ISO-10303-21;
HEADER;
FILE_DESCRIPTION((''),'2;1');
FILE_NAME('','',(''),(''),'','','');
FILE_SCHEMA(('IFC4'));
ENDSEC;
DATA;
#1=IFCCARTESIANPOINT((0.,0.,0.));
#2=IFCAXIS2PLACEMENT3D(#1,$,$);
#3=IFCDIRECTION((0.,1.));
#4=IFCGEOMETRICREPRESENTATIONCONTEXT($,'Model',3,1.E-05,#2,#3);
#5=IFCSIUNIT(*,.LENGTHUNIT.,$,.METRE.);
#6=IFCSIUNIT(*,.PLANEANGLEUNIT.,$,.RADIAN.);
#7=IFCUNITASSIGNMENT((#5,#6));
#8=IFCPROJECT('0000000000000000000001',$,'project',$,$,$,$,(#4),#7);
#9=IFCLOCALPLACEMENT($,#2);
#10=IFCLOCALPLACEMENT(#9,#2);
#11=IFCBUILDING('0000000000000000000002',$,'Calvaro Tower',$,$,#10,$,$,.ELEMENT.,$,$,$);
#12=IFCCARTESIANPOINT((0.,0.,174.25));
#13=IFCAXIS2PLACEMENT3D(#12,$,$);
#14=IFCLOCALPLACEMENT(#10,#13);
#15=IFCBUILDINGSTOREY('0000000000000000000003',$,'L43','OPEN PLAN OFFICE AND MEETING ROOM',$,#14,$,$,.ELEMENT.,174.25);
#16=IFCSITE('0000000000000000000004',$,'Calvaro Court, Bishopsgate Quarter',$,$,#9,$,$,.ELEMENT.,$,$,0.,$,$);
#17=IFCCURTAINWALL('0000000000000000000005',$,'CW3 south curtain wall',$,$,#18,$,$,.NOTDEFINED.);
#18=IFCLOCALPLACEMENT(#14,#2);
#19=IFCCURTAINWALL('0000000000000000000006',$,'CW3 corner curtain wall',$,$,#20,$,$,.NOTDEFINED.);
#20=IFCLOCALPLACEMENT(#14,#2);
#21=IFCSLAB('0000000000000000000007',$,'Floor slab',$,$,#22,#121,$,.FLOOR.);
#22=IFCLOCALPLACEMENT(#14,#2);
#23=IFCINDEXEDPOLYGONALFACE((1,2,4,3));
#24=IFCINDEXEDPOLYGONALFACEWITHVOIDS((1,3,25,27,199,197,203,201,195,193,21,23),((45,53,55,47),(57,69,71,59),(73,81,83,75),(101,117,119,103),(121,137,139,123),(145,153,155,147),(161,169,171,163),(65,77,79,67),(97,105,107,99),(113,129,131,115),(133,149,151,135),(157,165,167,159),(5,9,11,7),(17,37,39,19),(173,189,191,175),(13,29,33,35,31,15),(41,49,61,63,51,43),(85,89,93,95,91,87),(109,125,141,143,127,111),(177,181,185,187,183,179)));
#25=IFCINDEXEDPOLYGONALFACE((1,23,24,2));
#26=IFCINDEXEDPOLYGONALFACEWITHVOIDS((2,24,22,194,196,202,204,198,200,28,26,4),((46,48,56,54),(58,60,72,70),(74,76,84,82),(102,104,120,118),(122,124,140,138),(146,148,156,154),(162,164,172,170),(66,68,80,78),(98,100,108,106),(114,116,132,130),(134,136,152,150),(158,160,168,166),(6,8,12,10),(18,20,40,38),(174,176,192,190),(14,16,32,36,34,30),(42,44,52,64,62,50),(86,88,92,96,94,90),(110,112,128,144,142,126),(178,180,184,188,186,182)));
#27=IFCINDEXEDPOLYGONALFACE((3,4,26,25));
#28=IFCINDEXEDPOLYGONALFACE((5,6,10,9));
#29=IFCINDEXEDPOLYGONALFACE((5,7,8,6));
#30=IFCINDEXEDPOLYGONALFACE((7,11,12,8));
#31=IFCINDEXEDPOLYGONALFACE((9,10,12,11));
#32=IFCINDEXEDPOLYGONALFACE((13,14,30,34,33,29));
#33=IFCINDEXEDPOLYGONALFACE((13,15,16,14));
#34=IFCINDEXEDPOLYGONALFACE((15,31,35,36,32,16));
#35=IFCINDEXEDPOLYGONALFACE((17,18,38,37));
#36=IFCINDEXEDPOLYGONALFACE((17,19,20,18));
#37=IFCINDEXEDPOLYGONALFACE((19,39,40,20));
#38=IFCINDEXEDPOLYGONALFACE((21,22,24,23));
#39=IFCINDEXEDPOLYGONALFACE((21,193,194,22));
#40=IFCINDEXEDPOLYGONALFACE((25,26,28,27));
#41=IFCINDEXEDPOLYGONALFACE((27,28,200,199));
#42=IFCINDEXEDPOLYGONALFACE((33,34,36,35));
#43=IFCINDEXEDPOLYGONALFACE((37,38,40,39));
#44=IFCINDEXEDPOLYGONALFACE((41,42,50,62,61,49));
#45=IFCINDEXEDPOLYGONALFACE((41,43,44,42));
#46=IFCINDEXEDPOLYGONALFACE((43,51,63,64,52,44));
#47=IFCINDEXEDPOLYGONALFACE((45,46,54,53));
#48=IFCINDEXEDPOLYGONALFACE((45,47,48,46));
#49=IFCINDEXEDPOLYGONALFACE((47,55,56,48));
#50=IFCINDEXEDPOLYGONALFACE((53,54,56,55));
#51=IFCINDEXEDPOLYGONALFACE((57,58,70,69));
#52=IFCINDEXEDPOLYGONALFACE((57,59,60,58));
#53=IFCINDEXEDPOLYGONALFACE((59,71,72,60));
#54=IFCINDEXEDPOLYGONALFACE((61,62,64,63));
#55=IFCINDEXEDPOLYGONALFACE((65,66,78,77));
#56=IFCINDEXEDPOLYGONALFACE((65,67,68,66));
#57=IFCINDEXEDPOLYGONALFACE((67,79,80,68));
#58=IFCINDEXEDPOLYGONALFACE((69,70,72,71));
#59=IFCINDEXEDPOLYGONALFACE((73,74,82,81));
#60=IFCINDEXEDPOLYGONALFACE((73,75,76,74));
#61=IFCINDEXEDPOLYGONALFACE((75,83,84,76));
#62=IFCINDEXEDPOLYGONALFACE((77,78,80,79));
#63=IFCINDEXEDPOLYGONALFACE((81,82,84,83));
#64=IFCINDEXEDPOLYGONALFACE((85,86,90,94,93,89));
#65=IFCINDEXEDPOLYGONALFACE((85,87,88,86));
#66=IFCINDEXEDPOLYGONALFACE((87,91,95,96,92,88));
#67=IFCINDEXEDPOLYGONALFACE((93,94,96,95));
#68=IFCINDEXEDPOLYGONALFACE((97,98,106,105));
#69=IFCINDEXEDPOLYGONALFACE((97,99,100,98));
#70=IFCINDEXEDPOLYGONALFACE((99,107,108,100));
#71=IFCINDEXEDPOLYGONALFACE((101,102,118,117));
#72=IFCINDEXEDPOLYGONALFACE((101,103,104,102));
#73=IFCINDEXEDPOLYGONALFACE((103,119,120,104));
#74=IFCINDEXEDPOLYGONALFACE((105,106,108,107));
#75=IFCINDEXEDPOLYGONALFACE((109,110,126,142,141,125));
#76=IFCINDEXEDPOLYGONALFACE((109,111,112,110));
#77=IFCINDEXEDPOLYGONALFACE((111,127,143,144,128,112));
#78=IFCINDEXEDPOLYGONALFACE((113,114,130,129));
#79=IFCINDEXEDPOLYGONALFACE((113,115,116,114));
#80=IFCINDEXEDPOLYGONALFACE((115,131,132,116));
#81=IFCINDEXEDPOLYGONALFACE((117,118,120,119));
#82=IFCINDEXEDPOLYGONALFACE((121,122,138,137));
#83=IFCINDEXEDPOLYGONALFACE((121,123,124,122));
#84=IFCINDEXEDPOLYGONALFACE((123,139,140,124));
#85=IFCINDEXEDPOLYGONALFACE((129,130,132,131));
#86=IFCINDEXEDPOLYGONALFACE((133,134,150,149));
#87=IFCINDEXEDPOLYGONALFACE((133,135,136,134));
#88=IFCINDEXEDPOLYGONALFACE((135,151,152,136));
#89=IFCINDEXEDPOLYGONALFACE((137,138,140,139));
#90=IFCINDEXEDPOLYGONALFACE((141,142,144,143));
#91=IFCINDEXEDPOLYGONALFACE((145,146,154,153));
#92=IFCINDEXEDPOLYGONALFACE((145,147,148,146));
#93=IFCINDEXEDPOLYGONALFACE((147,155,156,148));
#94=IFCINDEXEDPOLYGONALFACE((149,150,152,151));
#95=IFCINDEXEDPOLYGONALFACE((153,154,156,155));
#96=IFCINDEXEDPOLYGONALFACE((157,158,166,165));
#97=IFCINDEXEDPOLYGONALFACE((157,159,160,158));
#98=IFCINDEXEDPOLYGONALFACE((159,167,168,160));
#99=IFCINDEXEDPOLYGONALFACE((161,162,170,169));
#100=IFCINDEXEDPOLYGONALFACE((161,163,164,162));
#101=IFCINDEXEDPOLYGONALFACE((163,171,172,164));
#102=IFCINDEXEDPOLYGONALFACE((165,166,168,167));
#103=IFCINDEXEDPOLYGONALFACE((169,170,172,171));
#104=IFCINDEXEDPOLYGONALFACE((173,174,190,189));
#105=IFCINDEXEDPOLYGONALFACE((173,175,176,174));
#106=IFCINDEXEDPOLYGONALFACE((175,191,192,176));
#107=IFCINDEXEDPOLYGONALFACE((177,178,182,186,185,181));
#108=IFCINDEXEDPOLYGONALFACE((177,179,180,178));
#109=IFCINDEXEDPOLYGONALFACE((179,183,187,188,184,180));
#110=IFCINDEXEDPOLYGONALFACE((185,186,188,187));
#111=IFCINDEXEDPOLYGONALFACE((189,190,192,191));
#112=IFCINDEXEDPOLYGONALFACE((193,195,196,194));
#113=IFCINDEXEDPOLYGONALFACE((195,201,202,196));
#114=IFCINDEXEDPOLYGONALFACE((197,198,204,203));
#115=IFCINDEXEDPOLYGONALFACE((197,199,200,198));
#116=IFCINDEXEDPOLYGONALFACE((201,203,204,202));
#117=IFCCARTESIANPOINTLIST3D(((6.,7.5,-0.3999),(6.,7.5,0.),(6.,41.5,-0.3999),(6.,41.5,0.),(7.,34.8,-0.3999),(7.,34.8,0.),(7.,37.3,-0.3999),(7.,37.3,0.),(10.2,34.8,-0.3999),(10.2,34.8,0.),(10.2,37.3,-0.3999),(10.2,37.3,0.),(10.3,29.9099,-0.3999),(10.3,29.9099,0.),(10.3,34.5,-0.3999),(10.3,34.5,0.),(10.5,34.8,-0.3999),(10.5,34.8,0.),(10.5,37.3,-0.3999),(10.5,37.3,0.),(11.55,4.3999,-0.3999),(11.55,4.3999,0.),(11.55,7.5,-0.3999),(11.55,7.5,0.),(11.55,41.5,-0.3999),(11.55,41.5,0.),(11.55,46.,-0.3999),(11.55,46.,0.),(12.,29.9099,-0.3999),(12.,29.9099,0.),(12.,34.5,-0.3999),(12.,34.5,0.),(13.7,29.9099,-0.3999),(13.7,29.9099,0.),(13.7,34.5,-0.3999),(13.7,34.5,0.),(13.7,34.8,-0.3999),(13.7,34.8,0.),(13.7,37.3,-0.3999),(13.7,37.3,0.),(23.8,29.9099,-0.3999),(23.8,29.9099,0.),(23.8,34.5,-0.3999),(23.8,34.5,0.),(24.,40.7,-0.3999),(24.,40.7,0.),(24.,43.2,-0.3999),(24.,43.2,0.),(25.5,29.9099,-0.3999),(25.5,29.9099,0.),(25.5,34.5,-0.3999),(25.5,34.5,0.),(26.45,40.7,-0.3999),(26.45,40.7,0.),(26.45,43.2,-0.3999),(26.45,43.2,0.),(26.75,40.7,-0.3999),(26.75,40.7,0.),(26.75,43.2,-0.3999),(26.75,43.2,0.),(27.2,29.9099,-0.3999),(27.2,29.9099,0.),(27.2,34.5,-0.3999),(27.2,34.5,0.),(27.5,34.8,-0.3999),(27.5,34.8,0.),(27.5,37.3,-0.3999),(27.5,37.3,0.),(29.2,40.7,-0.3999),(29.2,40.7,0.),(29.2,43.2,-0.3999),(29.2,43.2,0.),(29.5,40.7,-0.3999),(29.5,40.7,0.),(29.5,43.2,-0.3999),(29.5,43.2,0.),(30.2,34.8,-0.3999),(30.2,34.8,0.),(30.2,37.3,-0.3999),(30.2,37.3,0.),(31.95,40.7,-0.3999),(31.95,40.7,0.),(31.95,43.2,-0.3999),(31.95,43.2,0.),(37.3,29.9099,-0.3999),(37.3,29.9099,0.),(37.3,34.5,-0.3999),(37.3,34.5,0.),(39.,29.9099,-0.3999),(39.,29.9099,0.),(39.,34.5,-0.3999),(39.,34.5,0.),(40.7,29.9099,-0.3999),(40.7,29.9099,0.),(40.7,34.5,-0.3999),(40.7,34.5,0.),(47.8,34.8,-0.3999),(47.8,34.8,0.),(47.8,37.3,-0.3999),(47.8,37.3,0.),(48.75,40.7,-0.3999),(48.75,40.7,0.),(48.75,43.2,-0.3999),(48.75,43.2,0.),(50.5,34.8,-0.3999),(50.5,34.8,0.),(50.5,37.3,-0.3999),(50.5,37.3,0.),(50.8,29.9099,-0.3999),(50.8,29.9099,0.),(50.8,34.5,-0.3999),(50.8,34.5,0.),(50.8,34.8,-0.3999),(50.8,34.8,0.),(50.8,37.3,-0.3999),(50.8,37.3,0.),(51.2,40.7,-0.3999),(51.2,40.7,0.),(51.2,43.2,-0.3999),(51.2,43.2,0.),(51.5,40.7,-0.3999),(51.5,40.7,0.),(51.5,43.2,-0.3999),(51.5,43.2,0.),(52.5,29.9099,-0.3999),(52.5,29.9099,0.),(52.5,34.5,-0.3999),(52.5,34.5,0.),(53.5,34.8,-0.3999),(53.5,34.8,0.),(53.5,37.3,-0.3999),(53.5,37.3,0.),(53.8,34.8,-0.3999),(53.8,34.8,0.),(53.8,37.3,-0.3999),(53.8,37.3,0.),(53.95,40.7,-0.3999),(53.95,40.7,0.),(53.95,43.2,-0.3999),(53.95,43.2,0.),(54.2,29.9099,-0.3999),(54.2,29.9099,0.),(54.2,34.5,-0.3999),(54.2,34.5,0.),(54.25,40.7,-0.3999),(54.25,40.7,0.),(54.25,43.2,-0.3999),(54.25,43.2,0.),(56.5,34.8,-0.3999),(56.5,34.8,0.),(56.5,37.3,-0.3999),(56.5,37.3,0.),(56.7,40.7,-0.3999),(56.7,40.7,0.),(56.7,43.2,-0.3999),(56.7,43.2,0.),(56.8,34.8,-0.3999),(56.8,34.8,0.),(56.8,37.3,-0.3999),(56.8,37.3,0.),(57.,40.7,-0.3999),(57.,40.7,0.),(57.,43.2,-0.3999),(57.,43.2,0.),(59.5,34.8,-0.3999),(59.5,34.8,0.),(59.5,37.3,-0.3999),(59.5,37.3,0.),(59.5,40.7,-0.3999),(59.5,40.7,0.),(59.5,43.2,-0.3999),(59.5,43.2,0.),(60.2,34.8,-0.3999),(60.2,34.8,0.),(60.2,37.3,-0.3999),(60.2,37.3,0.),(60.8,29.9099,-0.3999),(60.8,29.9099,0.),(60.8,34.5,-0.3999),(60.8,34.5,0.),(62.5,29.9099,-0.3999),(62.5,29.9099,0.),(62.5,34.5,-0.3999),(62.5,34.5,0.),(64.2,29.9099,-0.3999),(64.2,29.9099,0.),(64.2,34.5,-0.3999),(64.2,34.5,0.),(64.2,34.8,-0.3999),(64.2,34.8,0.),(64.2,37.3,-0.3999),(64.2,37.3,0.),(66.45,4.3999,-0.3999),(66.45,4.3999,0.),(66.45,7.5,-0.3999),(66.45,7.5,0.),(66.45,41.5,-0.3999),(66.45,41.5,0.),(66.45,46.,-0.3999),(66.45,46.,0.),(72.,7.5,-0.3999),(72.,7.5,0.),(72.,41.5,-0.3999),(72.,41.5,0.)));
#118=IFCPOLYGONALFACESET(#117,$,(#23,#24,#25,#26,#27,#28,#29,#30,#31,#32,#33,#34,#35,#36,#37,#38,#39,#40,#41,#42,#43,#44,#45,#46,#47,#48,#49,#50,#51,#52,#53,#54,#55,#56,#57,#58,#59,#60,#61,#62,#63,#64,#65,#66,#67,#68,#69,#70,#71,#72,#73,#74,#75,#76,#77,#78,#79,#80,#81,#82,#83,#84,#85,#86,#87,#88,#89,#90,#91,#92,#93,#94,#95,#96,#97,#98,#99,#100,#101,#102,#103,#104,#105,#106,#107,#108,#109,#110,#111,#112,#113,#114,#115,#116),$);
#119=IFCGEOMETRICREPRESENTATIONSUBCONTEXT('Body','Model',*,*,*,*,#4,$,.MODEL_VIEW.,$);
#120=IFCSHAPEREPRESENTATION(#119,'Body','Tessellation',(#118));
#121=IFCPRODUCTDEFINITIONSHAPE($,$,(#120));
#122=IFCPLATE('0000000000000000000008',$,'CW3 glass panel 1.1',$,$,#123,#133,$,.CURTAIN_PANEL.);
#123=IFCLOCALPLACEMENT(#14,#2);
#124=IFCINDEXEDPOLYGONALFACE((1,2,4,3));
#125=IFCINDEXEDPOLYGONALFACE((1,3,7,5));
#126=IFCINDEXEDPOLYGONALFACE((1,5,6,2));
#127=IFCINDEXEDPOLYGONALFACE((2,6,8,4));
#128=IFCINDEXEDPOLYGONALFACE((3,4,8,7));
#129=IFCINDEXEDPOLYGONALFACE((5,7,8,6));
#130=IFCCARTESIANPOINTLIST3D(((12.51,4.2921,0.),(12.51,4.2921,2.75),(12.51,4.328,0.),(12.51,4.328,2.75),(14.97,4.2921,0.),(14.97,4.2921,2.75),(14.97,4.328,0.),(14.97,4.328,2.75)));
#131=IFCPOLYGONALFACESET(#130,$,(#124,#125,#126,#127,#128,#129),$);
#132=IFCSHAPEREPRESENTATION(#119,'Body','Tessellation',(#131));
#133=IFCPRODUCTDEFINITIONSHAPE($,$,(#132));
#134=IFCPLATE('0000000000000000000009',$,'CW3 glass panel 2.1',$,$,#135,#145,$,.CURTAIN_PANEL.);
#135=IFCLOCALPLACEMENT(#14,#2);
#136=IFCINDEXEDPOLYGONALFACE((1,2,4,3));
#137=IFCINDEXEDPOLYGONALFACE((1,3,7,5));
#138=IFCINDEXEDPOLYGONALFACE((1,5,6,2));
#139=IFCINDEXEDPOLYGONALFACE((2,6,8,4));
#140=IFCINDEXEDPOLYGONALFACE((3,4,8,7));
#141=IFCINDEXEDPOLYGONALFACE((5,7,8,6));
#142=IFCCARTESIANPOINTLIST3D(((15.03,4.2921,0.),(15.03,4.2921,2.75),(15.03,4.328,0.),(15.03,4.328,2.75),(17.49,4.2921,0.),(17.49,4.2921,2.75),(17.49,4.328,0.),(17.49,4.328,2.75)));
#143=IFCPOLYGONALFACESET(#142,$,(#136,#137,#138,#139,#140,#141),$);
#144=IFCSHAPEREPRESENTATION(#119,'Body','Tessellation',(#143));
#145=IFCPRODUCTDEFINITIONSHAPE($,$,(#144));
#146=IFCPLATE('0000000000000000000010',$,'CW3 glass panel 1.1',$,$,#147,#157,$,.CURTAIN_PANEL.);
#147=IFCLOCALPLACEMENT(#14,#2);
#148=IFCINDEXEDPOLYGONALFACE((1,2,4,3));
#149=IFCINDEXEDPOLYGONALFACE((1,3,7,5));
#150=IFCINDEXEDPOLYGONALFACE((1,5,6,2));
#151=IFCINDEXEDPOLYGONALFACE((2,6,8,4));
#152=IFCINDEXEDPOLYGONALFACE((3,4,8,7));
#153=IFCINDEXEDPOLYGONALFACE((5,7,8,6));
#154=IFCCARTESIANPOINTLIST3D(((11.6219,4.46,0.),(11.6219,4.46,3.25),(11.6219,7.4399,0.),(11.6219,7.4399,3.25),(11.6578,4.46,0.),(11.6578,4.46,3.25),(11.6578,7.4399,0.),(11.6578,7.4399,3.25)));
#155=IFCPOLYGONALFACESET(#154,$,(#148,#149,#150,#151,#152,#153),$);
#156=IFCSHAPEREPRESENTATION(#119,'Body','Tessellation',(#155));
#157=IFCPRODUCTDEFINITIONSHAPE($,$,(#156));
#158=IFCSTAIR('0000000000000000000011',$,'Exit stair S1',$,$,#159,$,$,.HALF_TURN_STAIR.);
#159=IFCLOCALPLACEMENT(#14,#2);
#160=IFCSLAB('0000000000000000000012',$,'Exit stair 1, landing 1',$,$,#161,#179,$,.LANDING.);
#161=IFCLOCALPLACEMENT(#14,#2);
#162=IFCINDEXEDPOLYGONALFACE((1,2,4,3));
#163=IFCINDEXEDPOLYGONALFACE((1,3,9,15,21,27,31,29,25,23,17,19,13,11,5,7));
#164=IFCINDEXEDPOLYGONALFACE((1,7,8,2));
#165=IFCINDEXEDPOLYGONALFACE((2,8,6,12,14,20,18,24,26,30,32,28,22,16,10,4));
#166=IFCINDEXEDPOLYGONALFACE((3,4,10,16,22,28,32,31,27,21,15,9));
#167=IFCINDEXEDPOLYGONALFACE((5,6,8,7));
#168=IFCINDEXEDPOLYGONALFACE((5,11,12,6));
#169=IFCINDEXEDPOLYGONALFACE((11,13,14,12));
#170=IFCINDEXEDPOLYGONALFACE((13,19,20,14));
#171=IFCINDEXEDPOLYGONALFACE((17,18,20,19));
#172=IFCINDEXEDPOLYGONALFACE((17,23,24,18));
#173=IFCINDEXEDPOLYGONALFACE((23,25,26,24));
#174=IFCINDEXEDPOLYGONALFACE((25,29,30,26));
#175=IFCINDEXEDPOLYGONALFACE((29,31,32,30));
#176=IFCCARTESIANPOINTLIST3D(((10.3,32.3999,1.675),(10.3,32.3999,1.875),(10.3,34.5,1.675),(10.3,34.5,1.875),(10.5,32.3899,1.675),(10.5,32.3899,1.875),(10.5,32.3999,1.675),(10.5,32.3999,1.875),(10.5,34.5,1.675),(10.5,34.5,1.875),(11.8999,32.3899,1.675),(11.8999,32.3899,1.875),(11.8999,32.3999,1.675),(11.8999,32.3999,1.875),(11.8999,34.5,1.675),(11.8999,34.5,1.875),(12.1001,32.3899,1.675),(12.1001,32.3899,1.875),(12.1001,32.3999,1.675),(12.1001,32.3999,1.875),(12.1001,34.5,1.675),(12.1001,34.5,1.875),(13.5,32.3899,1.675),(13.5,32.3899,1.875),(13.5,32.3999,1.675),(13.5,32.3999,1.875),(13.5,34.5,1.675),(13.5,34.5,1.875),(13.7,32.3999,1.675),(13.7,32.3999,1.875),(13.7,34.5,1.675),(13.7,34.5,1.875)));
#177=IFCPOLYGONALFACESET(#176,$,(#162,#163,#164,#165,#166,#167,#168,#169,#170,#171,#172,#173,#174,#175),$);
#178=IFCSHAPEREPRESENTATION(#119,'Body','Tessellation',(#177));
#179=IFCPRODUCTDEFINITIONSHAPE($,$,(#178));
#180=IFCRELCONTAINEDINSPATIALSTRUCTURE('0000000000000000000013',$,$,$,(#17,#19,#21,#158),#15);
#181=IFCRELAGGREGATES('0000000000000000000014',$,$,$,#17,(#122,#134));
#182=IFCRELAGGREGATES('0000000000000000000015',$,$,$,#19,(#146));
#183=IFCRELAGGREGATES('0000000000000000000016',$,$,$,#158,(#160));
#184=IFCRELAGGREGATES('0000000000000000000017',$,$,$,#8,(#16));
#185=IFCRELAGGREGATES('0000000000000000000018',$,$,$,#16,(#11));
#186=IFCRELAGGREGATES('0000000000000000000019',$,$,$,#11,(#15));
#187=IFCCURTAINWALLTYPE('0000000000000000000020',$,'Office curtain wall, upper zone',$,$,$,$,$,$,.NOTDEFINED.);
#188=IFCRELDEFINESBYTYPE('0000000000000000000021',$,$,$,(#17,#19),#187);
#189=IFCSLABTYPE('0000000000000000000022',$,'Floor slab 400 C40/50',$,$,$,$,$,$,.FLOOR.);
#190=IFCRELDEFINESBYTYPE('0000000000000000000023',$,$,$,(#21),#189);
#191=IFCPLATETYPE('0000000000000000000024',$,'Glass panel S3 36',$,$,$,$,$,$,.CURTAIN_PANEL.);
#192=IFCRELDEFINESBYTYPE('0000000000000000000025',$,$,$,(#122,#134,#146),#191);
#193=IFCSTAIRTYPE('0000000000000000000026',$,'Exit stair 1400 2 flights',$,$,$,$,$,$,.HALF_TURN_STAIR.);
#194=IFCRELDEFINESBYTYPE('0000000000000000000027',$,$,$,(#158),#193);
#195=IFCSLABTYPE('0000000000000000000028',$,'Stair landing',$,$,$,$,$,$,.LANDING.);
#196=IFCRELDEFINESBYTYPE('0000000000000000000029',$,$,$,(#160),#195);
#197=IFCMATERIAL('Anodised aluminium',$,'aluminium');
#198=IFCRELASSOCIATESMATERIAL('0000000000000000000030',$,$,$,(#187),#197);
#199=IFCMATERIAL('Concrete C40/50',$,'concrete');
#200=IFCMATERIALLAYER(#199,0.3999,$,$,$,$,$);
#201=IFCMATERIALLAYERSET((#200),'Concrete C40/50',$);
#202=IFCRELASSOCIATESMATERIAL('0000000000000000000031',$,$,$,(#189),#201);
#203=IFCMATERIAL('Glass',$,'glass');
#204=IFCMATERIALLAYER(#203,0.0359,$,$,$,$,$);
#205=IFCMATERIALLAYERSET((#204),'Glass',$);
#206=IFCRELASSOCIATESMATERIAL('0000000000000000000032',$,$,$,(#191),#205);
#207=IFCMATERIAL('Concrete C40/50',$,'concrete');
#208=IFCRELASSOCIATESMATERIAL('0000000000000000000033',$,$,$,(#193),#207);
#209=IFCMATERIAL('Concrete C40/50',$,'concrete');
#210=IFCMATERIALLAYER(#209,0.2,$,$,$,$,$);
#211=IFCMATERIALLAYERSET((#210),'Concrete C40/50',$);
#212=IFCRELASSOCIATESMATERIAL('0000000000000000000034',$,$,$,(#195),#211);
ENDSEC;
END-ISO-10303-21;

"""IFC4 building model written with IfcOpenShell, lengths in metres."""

from ifc_helpers import new_model, si_unit, direction, frame, origin, origin_2d, place, context, subcontext, project, spatial, polyline, rectangle, outline, extrude, material, layer, layer_set, type_object, element, aggregate, save


model = new_model("IFC4")

# Units and contexts
model_context = context("Model", 3, precision=1e-05, world=origin(), true_north=direction((0.0, 1.0)))
body_context = subcontext(model_context, "Body", "Model", "MODEL_VIEW")
ifc_project = project(units=[si_unit("LENGTHUNIT", "METRE"), si_unit("PLANEANGLEUNIT", "RADIAN")], contexts=[model_context])

# Site, building, storey
site_placement = place(None, origin())
site = spatial("IfcSite", under=ifc_project, at=site_placement, Name="Calvaro Court, Bishopsgate Quarter", CompositionType="ELEMENT", RefElevation=0.0)
building_placement = place(site_placement, origin())
building = spatial("IfcBuilding", under=site, at=building_placement, Name="Calvaro Tower", CompositionType="ELEMENT")
storey_placement = place(building_placement, frame((0.0, 0.0, 174.25)))
storey = spatial("IfcBuildingStorey", under=building, at=storey_placement, Name="L43", Description="OPEN PLAN OFFICE AND MEETING ROOM", CompositionType="ELEMENT", Elevation=174.25)

# Curtain wall
ifc_material_1 = material(Name="Anodised aluminium", Category="aluminium")
curtain_wall_type = type_object("IfcCurtainWallType", Name="Office curtain wall, upper zone", PredefinedType="NOTDEFINED", material=ifc_material_1)
curtain_wall_1_placement = place(storey_placement, origin())
curtain_wall_1 = element("IfcCurtainWall", 1, at=curtain_wall_1_placement, inside=storey, type_object=curtain_wall_type, Name="CW3 south curtain wall", PredefinedType="NOTDEFINED")

# Curtain wall
curtain_wall_2_placement = place(storey_placement, origin())
curtain_wall_2 = element("IfcCurtainWall", 2, at=curtain_wall_2_placement, inside=storey, type_object=curtain_wall_type, Name="CW3 corner curtain wall", PredefinedType="NOTDEFINED")

# Slab
ifc_material_2 = material(Name="Concrete C40/50", Category="concrete")
ifc_layer_1 = layer(ifc_material_2, 0.3999)
ifc_layer_set_1 = layer_set([ifc_layer_1], Name="Concrete C40/50")
slab_type_1 = type_object("IfcSlabType", Name="Floor slab 400 C40/50", PredefinedType="FLOOR", material=ifc_layer_set_1)
slab_1_placement = place(storey_placement, frame((0.0, 0.0, -0.3999)))
element("IfcSlab", 3, at=slab_1_placement, inside=storey, type_object=slab_type_1, Name="Floor slab", PredefinedType="FLOOR", context=body_context, shape_type="SweptSolid", body=[
    extrude(outline(polyline([(66.45, 7.5), (66.45, 4.3999), (11.55, 4.3999), (11.55, 7.5), (6.0, 7.5), (6.0, 41.5), (11.55, 41.5), (11.55, 46.0), (66.45, 46.0), (66.45, 41.5), (72.0, 41.5), (72.0, 7.5), (66.45, 7.5)]), holes=[polyline([(10.3, 29.9099), (10.3, 34.5), (12.0, 34.5), (13.7, 34.5), (13.7, 29.9099), (12.0, 29.9099), (10.3, 29.9099)]), polyline([(23.8, 29.9099), (23.8, 34.5), (25.5, 34.5), (27.2, 34.5), (27.2, 29.9099), (25.5, 29.9099), (23.8, 29.9099)]), polyline([(37.3, 29.9099), (37.3, 34.5), (39.0, 34.5), (40.7, 34.5), (40.7, 29.9099), (39.0, 29.9099), (37.3, 29.9099)]), polyline([(50.8, 29.9099), (50.8, 34.5), (52.5, 34.5), (54.2, 34.5), (54.2, 29.9099), (52.5, 29.9099), (50.8, 29.9099)]), polyline([(60.8, 29.9099), (60.8, 34.5), (62.5, 34.5), (64.2, 34.5), (64.2, 29.9099), (62.5, 29.9099), (60.8, 29.9099)]), polyline([(50.8, 34.8), (53.5, 34.8), (53.5, 37.3), (50.8, 37.3), (50.8, 34.8)]), polyline([(53.8, 34.8), (56.5, 34.8), (56.5, 37.3), (53.8, 37.3), (53.8, 34.8)]), polyline([(56.8, 34.8), (59.5, 34.8), (59.5, 37.3), (56.8, 37.3), (56.8, 34.8)]), polyline([(24.0, 40.7), (26.45, 40.7), (26.45, 43.2), (24.0, 43.2), (24.0, 40.7)]), polyline([(26.75, 40.7), (29.2, 40.7), (29.2, 43.2), (26.75, 43.2), (26.75, 40.7)]), polyline([(29.5, 40.7), (31.95, 40.7), (31.95, 43.2), (29.5, 43.2), (29.5, 40.7)]), polyline([(48.75, 40.7), (51.2, 40.7), (51.2, 43.2), (48.75, 43.2), (48.75, 40.7)]), polyline([(51.5, 40.7), (53.95, 40.7), (53.95, 43.2), (51.5, 43.2), (51.5, 40.7)]), polyline([(54.25, 40.7), (56.7, 40.7), (56.7, 43.2), (54.25, 43.2), (54.25, 40.7)]), polyline([(57.0, 40.7), (59.5, 40.7), (59.5, 43.2), (57.0, 43.2), (57.0, 40.7)]), polyline([(7.0, 34.8), (10.2, 34.8), (10.2, 37.3), (7.0, 37.3), (7.0, 34.8)]), polyline([(10.5, 34.8), (13.7, 34.8), (13.7, 37.3), (10.5, 37.3), (10.5, 34.8)]), polyline([(60.2, 34.8), (64.2, 34.8), (64.2, 37.3), (60.2, 37.3), (60.2, 34.8)]), polyline([(27.5, 34.8), (30.2, 34.8), (30.2, 37.3), (27.5, 37.3), (27.5, 34.8)]), polyline([(47.8, 34.8), (50.5, 34.8), (50.5, 37.3), (47.8, 37.3), (47.8, 34.8)])]), origin(), (0.0, 0.0, 1.0), 0.3999),
])

# Plates
ifc_material_3 = material(Name="Glass", Category="glass")
ifc_layer_2 = layer(ifc_material_3, 0.0359)
ifc_layer_set_2 = layer_set([ifc_layer_2], Name="Glass")
plate_type = type_object("IfcPlateType", Name="Glass panel S3 36", PredefinedType="CURTAIN_PANEL", material=ifc_layer_set_2)
plate_1_placement = place(storey_placement, frame((13.74, 4.3101, 0.0), z_axis=(0.0, 0.0, 1.0), x_axis=(1.0, 0.0, 0.0)))
plate_1 = element("IfcPlate", 4, at=plate_1_placement, type_object=plate_type, Name="CW3 glass panel 1.1", PredefinedType="CURTAIN_PANEL", context=body_context, shape_type="SweptSolid", body=[
    extrude(rectangle(XDim=2.46, YDim=0.0359, at=origin_2d()), origin(), (0.0, 0.0, 1.0), 2.75),
])
plate_2_placement = place(storey_placement, frame((16.26, 4.3101, 0.0), z_axis=(0.0, 0.0, 1.0), x_axis=(1.0, 0.0, 0.0)))
plate_2 = element("IfcPlate", 5, at=plate_2_placement, type_object=plate_type, Name="CW3 glass panel 2.1", PredefinedType="CURTAIN_PANEL", context=body_context, shape_type="SweptSolid", body=[
    extrude(rectangle(XDim=2.46, YDim=0.0359, at=origin_2d()), origin(), (0.0, 0.0, 1.0), 2.75),
])
aggregate(curtain_wall_1, [plate_1, plate_2])
plate_3_placement = place(storey_placement, frame((11.6399, 5.95, 0.0), z_axis=(0.0, 0.0, 1.0), x_axis=(0.0, 1.0, 0.0)))
plate_3 = element("IfcPlate", 6, at=plate_3_placement, type_object=plate_type, Name="CW3 glass panel 1.1", PredefinedType="CURTAIN_PANEL", context=body_context, shape_type="SweptSolid", body=[
    extrude(rectangle(XDim=2.98, YDim=0.0359, at=origin_2d()), origin(), (0.0, 0.0, 1.0), 3.25),
])
aggregate(curtain_wall_2, [plate_3])

# Stair, slab
ifc_material_4 = material(Name="Concrete C40/50", Category="concrete")
stair_type = type_object("IfcStairType", Name="Exit stair 1400 2 flights", PredefinedType="HALF_TURN_STAIR", material=ifc_material_4)
stair_1_placement = place(storey_placement, origin())
stair_1 = element("IfcStair", 7, at=stair_1_placement, inside=storey, type_object=stair_type, Name="Exit stair S1", PredefinedType="HALF_TURN_STAIR")
ifc_material_5 = material(Name="Concrete C40/50", Category="concrete")
ifc_layer_3 = layer(ifc_material_5, 0.2)
ifc_layer_set_3 = layer_set([ifc_layer_3], Name="Concrete C40/50")
slab_type_2 = type_object("IfcSlabType", Name="Stair landing", PredefinedType="LANDING", material=ifc_layer_set_3)
slab_2_placement = place(storey_placement, frame((0.0, 0.0, 1.675)))
slab_2 = element("IfcSlab", 8, at=slab_2_placement, type_object=slab_type_2, Name="Exit stair 1, landing 1", PredefinedType="LANDING", context=body_context, shape_type="SweptSolid", body=[
    extrude(outline(polyline([(11.8999, 32.3899), (10.5, 32.3899), (10.5, 32.3999), (10.3, 32.3999), (10.3, 34.5), (10.5, 34.5), (11.8999, 34.5), (12.1001, 34.5), (13.5, 34.5), (13.7, 34.5), (13.7, 32.3999), (13.5, 32.3999), (13.5, 32.3899), (12.1001, 32.3899), (12.1001, 32.3999), (11.8999, 32.3999), (11.8999, 32.3899)])), origin(), (0.0, 0.0, 1.0), 0.2),
])
aggregate(stair_1, [slab_2])

save(model, "model.ifc")
